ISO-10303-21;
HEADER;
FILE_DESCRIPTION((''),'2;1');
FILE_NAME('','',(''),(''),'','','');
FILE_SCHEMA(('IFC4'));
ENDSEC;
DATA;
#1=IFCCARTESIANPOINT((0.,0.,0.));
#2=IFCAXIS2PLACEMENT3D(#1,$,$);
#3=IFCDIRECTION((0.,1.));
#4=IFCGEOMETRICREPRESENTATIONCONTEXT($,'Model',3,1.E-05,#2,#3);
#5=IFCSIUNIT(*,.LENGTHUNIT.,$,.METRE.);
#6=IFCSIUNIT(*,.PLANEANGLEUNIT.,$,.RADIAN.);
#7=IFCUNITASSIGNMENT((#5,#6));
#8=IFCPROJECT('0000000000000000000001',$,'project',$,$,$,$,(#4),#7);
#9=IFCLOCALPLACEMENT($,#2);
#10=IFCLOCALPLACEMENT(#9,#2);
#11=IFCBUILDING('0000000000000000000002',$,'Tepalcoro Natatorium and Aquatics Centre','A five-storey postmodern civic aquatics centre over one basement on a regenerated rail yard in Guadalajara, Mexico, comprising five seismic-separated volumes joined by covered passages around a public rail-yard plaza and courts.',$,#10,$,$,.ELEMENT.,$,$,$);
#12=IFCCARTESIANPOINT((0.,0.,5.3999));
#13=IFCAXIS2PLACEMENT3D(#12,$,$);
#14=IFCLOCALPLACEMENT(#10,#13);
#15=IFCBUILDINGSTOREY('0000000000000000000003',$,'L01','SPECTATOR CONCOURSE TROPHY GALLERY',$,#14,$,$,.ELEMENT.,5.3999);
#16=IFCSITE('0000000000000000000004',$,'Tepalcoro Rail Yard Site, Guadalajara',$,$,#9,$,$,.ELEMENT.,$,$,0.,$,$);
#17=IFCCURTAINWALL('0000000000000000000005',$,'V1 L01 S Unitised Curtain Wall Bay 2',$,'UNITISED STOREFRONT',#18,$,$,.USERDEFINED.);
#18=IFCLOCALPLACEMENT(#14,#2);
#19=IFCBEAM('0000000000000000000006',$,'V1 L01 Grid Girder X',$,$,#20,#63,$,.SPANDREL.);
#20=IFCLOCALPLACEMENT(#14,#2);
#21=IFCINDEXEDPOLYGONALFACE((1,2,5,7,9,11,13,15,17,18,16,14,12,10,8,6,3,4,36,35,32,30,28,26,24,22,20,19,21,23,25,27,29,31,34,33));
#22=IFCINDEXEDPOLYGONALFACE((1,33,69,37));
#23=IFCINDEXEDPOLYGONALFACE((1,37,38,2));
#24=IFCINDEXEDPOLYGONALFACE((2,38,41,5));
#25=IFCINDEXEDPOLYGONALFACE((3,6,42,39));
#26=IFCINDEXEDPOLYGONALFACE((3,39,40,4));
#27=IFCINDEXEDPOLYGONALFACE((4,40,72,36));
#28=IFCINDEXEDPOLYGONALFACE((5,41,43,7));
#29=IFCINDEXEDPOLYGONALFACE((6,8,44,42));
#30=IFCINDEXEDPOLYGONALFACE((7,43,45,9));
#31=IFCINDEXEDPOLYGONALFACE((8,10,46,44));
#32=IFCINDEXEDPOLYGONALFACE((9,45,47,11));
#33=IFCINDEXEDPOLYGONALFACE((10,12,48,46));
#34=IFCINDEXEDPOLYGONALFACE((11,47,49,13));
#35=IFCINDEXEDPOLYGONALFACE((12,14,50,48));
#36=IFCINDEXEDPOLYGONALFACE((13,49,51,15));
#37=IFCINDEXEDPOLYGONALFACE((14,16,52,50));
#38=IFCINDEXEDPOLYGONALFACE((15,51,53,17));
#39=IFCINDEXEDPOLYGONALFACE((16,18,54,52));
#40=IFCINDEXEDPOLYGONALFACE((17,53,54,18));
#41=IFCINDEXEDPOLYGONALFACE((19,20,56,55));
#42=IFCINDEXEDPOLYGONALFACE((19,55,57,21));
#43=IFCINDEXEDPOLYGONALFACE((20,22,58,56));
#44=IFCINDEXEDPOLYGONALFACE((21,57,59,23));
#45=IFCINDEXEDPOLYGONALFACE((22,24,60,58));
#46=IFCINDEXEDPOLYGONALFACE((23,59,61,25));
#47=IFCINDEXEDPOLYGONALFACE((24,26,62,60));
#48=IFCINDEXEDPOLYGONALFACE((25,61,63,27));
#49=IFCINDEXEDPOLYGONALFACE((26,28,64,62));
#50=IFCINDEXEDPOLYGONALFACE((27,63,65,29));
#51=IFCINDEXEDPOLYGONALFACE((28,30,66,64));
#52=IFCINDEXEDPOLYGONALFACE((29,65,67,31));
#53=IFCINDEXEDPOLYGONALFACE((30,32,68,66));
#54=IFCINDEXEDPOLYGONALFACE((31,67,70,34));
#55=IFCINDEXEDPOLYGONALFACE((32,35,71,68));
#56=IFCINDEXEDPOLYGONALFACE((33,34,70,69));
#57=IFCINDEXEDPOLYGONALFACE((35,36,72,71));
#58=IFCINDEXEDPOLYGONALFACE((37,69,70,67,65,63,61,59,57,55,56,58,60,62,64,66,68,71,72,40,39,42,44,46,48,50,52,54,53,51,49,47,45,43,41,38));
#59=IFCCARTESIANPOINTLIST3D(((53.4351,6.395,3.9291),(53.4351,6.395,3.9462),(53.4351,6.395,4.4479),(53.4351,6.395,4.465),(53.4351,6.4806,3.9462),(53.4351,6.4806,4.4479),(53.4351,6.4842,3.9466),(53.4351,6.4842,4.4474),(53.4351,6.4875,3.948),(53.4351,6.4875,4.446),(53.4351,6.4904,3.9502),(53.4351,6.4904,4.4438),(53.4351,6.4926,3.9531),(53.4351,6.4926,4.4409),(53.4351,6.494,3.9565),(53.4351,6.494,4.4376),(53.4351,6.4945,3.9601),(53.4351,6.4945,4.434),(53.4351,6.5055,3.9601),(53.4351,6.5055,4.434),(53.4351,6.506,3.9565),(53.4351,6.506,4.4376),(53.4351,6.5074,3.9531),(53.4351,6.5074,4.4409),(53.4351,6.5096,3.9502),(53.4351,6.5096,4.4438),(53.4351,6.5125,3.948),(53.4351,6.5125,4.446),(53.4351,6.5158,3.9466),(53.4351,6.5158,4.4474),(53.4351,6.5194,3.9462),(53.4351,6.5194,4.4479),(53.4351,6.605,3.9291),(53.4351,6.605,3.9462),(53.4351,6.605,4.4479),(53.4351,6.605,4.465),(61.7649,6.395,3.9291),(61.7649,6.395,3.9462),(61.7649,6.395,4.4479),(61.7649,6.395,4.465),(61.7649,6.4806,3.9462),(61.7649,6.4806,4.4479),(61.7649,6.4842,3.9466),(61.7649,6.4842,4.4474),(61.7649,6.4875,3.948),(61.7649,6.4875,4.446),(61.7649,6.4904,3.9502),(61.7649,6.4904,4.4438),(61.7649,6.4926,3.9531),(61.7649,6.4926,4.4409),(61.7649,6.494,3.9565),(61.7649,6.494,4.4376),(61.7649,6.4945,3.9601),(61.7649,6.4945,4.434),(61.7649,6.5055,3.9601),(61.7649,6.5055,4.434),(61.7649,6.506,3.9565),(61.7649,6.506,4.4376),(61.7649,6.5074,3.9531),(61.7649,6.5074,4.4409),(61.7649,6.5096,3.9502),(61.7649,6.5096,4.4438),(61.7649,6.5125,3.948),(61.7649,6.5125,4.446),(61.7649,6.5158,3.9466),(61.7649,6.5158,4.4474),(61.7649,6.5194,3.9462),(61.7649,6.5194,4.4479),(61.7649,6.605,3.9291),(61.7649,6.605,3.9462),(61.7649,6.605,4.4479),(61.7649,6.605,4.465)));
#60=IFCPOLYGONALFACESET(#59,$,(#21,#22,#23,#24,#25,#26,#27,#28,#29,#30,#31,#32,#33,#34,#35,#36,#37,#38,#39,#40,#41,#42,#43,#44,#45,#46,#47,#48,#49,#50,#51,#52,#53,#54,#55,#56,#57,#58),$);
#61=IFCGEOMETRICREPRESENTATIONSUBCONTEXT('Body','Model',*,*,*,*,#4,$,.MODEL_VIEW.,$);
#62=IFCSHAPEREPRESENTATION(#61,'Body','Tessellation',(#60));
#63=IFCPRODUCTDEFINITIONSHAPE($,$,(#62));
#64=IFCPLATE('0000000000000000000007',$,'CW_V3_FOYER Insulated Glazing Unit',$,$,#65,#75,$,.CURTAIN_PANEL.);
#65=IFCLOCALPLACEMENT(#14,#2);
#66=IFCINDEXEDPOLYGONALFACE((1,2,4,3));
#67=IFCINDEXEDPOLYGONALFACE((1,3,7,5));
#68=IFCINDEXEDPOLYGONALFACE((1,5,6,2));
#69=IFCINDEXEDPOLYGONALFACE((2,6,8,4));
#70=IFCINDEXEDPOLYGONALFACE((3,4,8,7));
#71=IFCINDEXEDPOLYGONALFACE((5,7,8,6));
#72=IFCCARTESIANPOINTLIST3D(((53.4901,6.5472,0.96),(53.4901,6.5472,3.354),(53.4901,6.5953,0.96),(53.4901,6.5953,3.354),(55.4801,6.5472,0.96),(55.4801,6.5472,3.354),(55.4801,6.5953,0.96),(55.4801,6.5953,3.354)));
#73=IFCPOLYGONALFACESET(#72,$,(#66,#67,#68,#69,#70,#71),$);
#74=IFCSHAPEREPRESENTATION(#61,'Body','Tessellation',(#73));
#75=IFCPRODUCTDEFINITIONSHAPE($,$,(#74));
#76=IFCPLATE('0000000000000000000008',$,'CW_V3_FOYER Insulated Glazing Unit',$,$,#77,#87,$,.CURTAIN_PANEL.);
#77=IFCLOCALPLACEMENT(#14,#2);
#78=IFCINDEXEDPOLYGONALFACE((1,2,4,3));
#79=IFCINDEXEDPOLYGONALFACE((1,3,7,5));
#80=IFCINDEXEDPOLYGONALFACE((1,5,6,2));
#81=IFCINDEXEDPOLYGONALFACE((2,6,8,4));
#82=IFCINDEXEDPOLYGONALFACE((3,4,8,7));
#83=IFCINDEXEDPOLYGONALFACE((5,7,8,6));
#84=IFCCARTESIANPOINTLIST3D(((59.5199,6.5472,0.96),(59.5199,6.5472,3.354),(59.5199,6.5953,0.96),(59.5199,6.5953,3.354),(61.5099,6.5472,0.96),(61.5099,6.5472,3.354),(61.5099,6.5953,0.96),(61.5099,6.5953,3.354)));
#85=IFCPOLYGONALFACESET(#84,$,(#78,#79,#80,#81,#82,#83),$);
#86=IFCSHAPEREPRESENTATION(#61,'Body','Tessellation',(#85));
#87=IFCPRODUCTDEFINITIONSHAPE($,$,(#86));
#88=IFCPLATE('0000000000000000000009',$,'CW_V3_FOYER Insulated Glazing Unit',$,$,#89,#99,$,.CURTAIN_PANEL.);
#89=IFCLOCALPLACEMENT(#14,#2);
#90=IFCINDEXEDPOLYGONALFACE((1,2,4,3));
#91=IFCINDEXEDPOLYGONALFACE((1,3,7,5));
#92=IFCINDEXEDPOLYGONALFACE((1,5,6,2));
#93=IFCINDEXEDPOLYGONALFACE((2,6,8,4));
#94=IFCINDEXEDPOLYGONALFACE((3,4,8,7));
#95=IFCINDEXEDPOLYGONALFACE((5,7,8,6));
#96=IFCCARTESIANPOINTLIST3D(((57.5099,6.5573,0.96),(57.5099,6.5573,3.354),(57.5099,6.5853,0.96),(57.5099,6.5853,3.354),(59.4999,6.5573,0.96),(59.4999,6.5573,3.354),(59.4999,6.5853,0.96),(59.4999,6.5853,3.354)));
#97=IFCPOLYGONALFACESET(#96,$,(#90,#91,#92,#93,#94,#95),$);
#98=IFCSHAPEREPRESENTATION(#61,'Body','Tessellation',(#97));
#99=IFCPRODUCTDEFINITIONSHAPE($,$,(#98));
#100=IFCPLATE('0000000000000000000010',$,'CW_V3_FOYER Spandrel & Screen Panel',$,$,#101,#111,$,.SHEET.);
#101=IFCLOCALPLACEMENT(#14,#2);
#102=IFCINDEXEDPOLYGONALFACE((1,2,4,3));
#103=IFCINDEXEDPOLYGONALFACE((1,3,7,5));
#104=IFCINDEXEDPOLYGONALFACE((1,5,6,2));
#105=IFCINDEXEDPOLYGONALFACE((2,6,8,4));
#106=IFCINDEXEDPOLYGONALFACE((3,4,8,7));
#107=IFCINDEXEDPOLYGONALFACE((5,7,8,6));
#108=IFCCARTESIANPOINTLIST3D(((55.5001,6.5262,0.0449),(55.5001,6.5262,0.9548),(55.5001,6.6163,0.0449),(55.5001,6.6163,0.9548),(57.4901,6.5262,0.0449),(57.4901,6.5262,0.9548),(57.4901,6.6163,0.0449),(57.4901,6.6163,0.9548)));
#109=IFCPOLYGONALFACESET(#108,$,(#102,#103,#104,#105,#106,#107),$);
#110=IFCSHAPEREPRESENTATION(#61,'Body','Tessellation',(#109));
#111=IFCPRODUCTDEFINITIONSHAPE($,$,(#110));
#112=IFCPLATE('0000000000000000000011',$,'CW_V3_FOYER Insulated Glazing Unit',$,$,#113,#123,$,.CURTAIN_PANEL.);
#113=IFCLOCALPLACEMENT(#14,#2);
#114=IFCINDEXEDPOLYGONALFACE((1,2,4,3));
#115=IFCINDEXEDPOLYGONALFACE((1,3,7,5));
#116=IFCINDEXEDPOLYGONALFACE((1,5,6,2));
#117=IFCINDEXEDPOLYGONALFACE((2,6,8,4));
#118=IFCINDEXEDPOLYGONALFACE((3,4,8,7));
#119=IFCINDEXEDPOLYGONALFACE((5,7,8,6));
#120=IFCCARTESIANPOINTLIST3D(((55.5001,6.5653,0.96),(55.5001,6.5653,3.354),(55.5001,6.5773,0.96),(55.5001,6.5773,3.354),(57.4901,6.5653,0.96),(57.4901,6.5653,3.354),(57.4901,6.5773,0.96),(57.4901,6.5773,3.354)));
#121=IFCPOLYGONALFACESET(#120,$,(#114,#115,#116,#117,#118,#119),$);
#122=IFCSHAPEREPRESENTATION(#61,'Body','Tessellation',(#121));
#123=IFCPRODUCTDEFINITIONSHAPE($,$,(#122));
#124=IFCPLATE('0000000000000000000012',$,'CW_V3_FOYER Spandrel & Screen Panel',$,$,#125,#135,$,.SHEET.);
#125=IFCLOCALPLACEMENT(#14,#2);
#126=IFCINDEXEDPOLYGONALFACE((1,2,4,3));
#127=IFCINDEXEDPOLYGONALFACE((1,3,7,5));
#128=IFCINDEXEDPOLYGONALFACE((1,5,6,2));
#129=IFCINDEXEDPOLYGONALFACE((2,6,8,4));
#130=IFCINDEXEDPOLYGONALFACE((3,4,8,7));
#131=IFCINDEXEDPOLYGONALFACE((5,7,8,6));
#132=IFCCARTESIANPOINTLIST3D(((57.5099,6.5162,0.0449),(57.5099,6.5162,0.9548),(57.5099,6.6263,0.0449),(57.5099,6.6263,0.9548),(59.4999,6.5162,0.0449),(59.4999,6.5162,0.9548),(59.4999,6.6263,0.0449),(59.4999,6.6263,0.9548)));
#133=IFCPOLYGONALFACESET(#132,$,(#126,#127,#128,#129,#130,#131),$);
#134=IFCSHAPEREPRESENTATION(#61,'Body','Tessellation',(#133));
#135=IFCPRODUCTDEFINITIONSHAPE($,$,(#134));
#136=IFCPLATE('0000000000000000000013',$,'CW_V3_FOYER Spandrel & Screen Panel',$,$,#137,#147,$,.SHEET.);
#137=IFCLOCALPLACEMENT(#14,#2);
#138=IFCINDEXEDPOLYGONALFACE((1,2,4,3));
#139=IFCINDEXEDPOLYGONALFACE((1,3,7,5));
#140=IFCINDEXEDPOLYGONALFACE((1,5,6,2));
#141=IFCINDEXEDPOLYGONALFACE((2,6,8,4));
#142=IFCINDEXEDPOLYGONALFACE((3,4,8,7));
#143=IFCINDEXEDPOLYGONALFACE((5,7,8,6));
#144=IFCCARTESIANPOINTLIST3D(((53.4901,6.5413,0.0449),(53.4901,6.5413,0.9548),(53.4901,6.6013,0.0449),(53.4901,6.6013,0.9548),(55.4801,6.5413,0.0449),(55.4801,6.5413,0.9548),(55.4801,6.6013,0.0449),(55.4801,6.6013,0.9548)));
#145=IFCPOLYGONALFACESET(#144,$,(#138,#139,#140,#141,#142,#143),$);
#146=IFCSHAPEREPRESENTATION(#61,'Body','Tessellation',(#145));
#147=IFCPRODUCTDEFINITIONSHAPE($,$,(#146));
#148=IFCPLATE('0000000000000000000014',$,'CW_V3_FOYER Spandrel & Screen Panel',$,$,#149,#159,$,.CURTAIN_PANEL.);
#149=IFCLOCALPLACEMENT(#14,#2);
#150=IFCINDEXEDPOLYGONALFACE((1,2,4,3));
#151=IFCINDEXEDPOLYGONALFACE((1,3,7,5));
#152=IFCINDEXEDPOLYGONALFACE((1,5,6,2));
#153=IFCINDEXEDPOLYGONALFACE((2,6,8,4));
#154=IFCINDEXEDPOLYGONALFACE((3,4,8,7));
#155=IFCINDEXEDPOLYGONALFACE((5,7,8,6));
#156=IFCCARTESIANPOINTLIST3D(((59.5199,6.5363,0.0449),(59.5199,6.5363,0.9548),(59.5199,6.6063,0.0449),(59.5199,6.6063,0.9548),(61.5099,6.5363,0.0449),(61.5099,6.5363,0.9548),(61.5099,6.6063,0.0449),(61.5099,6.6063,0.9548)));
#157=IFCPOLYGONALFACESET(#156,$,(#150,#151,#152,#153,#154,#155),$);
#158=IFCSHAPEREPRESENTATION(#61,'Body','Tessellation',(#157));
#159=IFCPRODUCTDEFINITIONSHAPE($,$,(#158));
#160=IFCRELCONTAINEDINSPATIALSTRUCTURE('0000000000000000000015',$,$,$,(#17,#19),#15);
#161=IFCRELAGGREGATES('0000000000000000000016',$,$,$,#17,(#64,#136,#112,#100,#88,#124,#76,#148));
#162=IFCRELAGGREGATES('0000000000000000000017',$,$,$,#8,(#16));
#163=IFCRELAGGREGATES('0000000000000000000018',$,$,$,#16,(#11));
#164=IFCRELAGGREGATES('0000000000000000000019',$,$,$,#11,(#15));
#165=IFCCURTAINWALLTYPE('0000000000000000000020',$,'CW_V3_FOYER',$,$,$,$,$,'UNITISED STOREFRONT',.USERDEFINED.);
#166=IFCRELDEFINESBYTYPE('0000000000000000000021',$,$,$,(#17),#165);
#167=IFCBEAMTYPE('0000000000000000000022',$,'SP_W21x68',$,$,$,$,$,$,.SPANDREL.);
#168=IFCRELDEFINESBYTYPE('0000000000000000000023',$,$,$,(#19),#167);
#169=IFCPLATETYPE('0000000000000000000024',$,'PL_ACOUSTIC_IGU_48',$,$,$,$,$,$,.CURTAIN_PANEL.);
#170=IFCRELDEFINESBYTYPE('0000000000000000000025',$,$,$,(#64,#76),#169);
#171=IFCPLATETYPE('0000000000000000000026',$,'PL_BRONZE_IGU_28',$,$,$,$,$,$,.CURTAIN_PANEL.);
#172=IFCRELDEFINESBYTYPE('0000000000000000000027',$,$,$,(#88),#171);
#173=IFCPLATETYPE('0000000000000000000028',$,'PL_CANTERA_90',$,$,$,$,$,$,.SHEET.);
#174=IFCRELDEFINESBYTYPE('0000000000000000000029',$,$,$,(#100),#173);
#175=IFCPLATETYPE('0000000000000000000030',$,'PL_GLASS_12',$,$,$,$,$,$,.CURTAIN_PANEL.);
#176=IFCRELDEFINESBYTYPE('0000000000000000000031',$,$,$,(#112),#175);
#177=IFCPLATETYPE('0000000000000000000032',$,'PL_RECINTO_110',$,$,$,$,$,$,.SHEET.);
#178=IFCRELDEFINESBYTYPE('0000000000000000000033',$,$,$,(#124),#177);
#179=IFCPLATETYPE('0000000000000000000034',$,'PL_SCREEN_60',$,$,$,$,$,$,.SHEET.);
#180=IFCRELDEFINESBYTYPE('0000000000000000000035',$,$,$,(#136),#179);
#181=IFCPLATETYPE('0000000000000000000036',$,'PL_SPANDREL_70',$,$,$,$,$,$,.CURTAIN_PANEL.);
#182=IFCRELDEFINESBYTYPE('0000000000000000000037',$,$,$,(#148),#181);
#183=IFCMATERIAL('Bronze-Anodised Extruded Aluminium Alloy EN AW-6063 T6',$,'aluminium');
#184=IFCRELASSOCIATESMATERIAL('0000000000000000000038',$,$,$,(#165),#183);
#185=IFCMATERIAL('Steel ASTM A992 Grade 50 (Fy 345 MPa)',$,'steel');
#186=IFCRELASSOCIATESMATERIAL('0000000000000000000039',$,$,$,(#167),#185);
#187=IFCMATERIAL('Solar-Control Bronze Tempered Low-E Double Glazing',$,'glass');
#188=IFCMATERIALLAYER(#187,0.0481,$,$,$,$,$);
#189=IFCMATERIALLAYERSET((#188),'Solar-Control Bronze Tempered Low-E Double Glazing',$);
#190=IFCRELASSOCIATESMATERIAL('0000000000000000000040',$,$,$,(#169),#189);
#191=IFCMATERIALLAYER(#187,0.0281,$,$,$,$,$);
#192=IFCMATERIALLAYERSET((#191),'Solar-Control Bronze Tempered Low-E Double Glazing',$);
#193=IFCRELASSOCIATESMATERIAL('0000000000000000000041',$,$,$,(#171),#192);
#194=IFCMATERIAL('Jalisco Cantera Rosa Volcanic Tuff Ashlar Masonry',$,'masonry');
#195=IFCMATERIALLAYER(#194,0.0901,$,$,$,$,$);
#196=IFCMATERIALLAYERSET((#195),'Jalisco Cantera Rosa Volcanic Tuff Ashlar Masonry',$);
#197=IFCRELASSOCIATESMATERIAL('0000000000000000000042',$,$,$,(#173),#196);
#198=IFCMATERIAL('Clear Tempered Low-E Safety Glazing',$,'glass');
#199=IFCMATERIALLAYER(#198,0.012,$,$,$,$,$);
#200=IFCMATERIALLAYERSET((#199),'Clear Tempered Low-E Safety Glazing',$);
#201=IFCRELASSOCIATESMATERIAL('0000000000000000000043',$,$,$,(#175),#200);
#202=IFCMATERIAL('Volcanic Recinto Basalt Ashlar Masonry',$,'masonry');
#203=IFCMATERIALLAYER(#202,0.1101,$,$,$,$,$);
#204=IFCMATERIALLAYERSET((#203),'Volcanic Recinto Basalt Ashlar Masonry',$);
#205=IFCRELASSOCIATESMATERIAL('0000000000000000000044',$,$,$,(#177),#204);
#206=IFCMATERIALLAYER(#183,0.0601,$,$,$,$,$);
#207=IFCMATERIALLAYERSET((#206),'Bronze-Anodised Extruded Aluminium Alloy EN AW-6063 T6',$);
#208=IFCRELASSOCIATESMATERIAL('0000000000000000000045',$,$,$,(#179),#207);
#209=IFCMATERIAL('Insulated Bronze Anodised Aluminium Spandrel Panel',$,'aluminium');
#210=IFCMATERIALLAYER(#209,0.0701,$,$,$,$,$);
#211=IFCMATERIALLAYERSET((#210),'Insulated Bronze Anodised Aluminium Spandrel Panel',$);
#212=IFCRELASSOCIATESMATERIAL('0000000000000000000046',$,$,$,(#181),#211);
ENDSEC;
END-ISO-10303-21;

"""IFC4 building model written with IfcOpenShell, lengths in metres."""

from ifc_helpers import new_model, si_unit, direction, frame, origin, origin_2d, place, context, subcontext, project, spatial, rectangle, i_section, extrude, material, layer, layer_set, material_profile, profile_set, type_object, element, aggregate, save


model = new_model("IFC4")

# Units and contexts
model_context = context("Model", 3, precision=1e-05, world=origin(), true_north=direction((0.0, 1.0)))
body_context = subcontext(model_context, "Body", "Model", "MODEL_VIEW")
ifc_project = project(units=[si_unit("LENGTHUNIT", "METRE"), si_unit("PLANEANGLEUNIT", "RADIAN")], contexts=[model_context])

# Site, building, storey
site_placement = place(None, origin())
site = spatial("IfcSite", under=ifc_project, at=site_placement, Name="Tepalcoro Rail Yard Site, Guadalajara", CompositionType="ELEMENT", RefElevation=0.0)
building_placement = place(site_placement, origin())
building = spatial("IfcBuilding", under=site, at=building_placement, Name="Tepalcoro Natatorium and Aquatics Centre", Description="A five-storey postmodern civic aquatics centre over one basement on a regenerated rail yard in Guadalajara, Mexico, comprising five seismic-separated volumes joined by covered passages around a public rail-yard plaza and courts.", CompositionType="ELEMENT")
storey_placement = place(building_placement, frame((0.0, 0.0, 5.3999)))
storey = spatial("IfcBuildingStorey", under=building, at=storey_placement, Name="L01", Description="SPECTATOR CONCOURSE TROPHY GALLERY", CompositionType="ELEMENT", Elevation=5.3999)

# Shared definitions
ifc_material_1 = material(Name="Steel ASTM A992 Grade 50 (Fy 345 MPa)", Category="steel")

# Curtain wall
ifc_material_2 = material(Name="Bronze-Anodised Extruded Aluminium Alloy EN AW-6063 T6", Category="aluminium")
curtain_wall_type = type_object("IfcCurtainWallType", Name="CW_V3_FOYER", ElementType="UNITISED STOREFRONT", PredefinedType="USERDEFINED", material=ifc_material_2)
curtain_wall_placement = place(storey_placement, origin())
curtain_wall = element("IfcCurtainWall", 1, at=curtain_wall_placement, inside=storey, type_object=curtain_wall_type, Name="V1 L01 S Unitised Curtain Wall Bay 2", ObjectType="UNITISED STOREFRONT", PredefinedType="USERDEFINED")

# Beam
ifc_material_profile_1 = material_profile(ifc_material_1, i_section(OverallWidth=0.21, OverallDepth=0.5359, WebThickness=0.011, FlangeThickness=0.0171, FilletRadius=0.0139, at=origin_2d()), Name="W21X68")
ifc_profile_set_1 = profile_set([ifc_material_profile_1], Name="Steel ASTM A992 Grade 50 (Fy 345 MPa)")
beam_type_1 = type_object("IfcBeamType", Name="SP_W21x68", PredefinedType="SPANDREL", material=ifc_profile_set_1)
beam_1_placement = place(storey_placement, frame((53.4351, 6.5, 4.197), z_axis=(1.0, 0.0, 0.0), x_axis=(0.0, 1.0, 0.0)))
element("IfcBeam", 2, at=beam_1_placement, inside=storey, type_object=beam_type_1, Name="V1 L01 Grid Girder X", PredefinedType="SPANDREL", context=body_context, shape_type="SweptSolid", body=[
    extrude(i_section(OverallWidth=0.21, OverallDepth=0.5359, WebThickness=0.011, FlangeThickness=0.0171, FilletRadius=0.0139, at=origin_2d()), origin(), (0.0, 0.0, 1.0), 8.3298),
])

# Plates
ifc_material_3 = material(Name="Solar-Control Bronze Tempered Low-E Double Glazing", Category="glass")
ifc_layer_1 = layer(ifc_material_3, 0.0481)
ifc_layer_set_1 = layer_set([ifc_layer_1], Name="Solar-Control Bronze Tempered Low-E Double Glazing")
plate_type_1 = type_object("IfcPlateType", Name="PL_ACOUSTIC_IGU_48", PredefinedType="CURTAIN_PANEL", material=ifc_layer_set_1)
plate_1_placement = place(storey_placement, frame((54.4851, 6.5713, 0.96), z_axis=(0.0, 0.0, 1.0), x_axis=(1.0, 0.0, 0.0)))
plate_1 = element("IfcPlate", 3, at=plate_1_placement, type_object=plate_type_1, Name="CW_V3_FOYER Insulated Glazing Unit", PredefinedType="CURTAIN_PANEL", context=body_context, shape_type="SweptSolid", body=[
    extrude(rectangle(XDim=1.99, YDim=0.0481, at=origin_2d()), origin(), (0.0, 0.0, 1.0), 2.394),
])
plate_2_placement = place(storey_placement, frame((60.5149, 6.5713, 0.96), z_axis=(0.0, 0.0, 1.0), x_axis=(1.0, 0.0, 0.0)))
plate_2 = element("IfcPlate", 4, at=plate_2_placement, type_object=plate_type_1, Name="CW_V3_FOYER Insulated Glazing Unit", PredefinedType="CURTAIN_PANEL", context=body_context, shape_type="SweptSolid", body=[
    extrude(rectangle(XDim=1.99, YDim=0.0481, at=origin_2d()), origin(), (0.0, 0.0, 1.0), 2.394),
])
ifc_layer_2 = layer(ifc_material_3, 0.0281)
ifc_layer_set_2 = layer_set([ifc_layer_2], Name="Solar-Control Bronze Tempered Low-E Double Glazing")
plate_type_2 = type_object("IfcPlateType", Name="PL_BRONZE_IGU_28", PredefinedType="CURTAIN_PANEL", material=ifc_layer_set_2)
plate_3_placement = place(storey_placement, frame((58.5049, 6.5713, 0.96), z_axis=(0.0, 0.0, 1.0), x_axis=(1.0, 0.0, 0.0)))
plate_3 = element("IfcPlate", 5, at=plate_3_placement, type_object=plate_type_2, Name="CW_V3_FOYER Insulated Glazing Unit", PredefinedType="CURTAIN_PANEL", context=body_context, shape_type="SweptSolid", body=[
    extrude(rectangle(XDim=1.99, YDim=0.0281, at=origin_2d()), origin(), (0.0, 0.0, 1.0), 2.394),
])
ifc_material_4 = material(Name="Jalisco Cantera Rosa Volcanic Tuff Ashlar Masonry", Category="masonry")
ifc_layer_3 = layer(ifc_material_4, 0.0901)
ifc_layer_set_3 = layer_set([ifc_layer_3], Name="Jalisco Cantera Rosa Volcanic Tuff Ashlar Masonry")
plate_type_3 = type_object("IfcPlateType", Name="PL_CANTERA_90", PredefinedType="SHEET", material=ifc_layer_set_3)
plate_4_placement = place(storey_placement, frame((56.4951, 6.5713, 0.0449), z_axis=(0.0, 0.0, 1.0), x_axis=(1.0, 0.0, 0.0)))
plate_4 = element("IfcPlate", 6, at=plate_4_placement, type_object=plate_type_3, Name="CW_V3_FOYER Spandrel & Screen Panel", PredefinedType="SHEET", context=body_context, shape_type="SweptSolid", body=[
    extrude(rectangle(XDim=1.99, YDim=0.0901, at=origin_2d()), origin(), (0.0, 0.0, 1.0), 0.9099),
])
ifc_material_5 = material(Name="Clear Tempered Low-E Safety Glazing", Category="glass")
ifc_layer_4 = layer(ifc_material_5, 0.012)
ifc_layer_set_4 = layer_set([ifc_layer_4], Name="Clear Tempered Low-E Safety Glazing")
plate_type_4 = type_object("IfcPlateType", Name="PL_GLASS_12", PredefinedType="CURTAIN_PANEL", material=ifc_layer_set_4)
plate_5_placement = place(storey_placement, frame((56.4951, 6.5713, 0.96), z_axis=(0.0, 0.0, 1.0), x_axis=(1.0, 0.0, 0.0)))
plate_5 = element("IfcPlate", 7, at=plate_5_placement, type_object=plate_type_4, Name="CW_V3_FOYER Insulated Glazing Unit", PredefinedType="CURTAIN_PANEL", context=body_context, shape_type="SweptSolid", body=[
    extrude(rectangle(XDim=1.99, YDim=0.012, at=origin_2d()), origin(), (0.0, 0.0, 1.0), 2.394),
])
ifc_material_6 = material(Name="Volcanic Recinto Basalt Ashlar Masonry", Category="masonry")
ifc_layer_5 = layer(ifc_material_6, 0.1101)
ifc_layer_set_5 = layer_set([ifc_layer_5], Name="Volcanic Recinto Basalt Ashlar Masonry")
plate_type_5 = type_object("IfcPlateType", Name="PL_RECINTO_110", PredefinedType="SHEET", material=ifc_layer_set_5)
plate_6_placement = place(storey_placement, frame((58.5049, 6.5713, 0.0449), z_axis=(0.0, 0.0, 1.0), x_axis=(1.0, 0.0, 0.0)))
plate_6 = element("IfcPlate", 8, at=plate_6_placement, type_object=plate_type_5, Name="CW_V3_FOYER Spandrel & Screen Panel", PredefinedType="SHEET", context=body_context, shape_type="SweptSolid", body=[
    extrude(rectangle(XDim=1.99, YDim=0.1101, at=origin_2d()), origin(), (0.0, 0.0, 1.0), 0.9099),
])
ifc_layer_6 = layer(ifc_material_2, 0.0601)
ifc_layer_set_6 = layer_set([ifc_layer_6], Name="Bronze-Anodised Extruded Aluminium Alloy EN AW-6063 T6")
plate_type_6 = type_object("IfcPlateType", Name="PL_SCREEN_60", PredefinedType="SHEET", material=ifc_layer_set_6)
plate_7_placement = place(storey_placement, frame((54.4851, 6.5713, 0.0449), z_axis=(0.0, 0.0, 1.0), x_axis=(1.0, 0.0, 0.0)))
plate_7 = element("IfcPlate", 9, at=plate_7_placement, type_object=plate_type_6, Name="CW_V3_FOYER Spandrel & Screen Panel", PredefinedType="SHEET", context=body_context, shape_type="SweptSolid", body=[
    extrude(rectangle(XDim=1.99, YDim=0.0601, at=origin_2d()), origin(), (0.0, 0.0, 1.0), 0.9099),
])
ifc_material_7 = material(Name="Insulated Bronze Anodised Aluminium Spandrel Panel", Category="aluminium")
ifc_layer_7 = layer(ifc_material_7, 0.0701)
ifc_layer_set_7 = layer_set([ifc_layer_7], Name="Insulated Bronze Anodised Aluminium Spandrel Panel")
plate_type_7 = type_object("IfcPlateType", Name="PL_SPANDREL_70", PredefinedType="CURTAIN_PANEL", material=ifc_layer_set_7)
plate_8_placement = place(storey_placement, frame((60.5149, 6.5713, 0.0449), z_axis=(0.0, 0.0, 1.0), x_axis=(1.0, 0.0, 0.0)))
plate_8 = element("IfcPlate", 10, at=plate_8_placement, type_object=plate_type_7, Name="CW_V3_FOYER Spandrel & Screen Panel", PredefinedType="CURTAIN_PANEL", context=body_context, shape_type="SweptSolid", body=[
    extrude(rectangle(XDim=1.99, YDim=0.0701, at=origin_2d()), origin(), (0.0, 0.0, 1.0), 0.9099),
])
aggregate(curtain_wall, [plate_1, plate_7, plate_5, plate_4, plate_3, plate_6, plate_2, plate_8])

save(model, "model.ifc")
